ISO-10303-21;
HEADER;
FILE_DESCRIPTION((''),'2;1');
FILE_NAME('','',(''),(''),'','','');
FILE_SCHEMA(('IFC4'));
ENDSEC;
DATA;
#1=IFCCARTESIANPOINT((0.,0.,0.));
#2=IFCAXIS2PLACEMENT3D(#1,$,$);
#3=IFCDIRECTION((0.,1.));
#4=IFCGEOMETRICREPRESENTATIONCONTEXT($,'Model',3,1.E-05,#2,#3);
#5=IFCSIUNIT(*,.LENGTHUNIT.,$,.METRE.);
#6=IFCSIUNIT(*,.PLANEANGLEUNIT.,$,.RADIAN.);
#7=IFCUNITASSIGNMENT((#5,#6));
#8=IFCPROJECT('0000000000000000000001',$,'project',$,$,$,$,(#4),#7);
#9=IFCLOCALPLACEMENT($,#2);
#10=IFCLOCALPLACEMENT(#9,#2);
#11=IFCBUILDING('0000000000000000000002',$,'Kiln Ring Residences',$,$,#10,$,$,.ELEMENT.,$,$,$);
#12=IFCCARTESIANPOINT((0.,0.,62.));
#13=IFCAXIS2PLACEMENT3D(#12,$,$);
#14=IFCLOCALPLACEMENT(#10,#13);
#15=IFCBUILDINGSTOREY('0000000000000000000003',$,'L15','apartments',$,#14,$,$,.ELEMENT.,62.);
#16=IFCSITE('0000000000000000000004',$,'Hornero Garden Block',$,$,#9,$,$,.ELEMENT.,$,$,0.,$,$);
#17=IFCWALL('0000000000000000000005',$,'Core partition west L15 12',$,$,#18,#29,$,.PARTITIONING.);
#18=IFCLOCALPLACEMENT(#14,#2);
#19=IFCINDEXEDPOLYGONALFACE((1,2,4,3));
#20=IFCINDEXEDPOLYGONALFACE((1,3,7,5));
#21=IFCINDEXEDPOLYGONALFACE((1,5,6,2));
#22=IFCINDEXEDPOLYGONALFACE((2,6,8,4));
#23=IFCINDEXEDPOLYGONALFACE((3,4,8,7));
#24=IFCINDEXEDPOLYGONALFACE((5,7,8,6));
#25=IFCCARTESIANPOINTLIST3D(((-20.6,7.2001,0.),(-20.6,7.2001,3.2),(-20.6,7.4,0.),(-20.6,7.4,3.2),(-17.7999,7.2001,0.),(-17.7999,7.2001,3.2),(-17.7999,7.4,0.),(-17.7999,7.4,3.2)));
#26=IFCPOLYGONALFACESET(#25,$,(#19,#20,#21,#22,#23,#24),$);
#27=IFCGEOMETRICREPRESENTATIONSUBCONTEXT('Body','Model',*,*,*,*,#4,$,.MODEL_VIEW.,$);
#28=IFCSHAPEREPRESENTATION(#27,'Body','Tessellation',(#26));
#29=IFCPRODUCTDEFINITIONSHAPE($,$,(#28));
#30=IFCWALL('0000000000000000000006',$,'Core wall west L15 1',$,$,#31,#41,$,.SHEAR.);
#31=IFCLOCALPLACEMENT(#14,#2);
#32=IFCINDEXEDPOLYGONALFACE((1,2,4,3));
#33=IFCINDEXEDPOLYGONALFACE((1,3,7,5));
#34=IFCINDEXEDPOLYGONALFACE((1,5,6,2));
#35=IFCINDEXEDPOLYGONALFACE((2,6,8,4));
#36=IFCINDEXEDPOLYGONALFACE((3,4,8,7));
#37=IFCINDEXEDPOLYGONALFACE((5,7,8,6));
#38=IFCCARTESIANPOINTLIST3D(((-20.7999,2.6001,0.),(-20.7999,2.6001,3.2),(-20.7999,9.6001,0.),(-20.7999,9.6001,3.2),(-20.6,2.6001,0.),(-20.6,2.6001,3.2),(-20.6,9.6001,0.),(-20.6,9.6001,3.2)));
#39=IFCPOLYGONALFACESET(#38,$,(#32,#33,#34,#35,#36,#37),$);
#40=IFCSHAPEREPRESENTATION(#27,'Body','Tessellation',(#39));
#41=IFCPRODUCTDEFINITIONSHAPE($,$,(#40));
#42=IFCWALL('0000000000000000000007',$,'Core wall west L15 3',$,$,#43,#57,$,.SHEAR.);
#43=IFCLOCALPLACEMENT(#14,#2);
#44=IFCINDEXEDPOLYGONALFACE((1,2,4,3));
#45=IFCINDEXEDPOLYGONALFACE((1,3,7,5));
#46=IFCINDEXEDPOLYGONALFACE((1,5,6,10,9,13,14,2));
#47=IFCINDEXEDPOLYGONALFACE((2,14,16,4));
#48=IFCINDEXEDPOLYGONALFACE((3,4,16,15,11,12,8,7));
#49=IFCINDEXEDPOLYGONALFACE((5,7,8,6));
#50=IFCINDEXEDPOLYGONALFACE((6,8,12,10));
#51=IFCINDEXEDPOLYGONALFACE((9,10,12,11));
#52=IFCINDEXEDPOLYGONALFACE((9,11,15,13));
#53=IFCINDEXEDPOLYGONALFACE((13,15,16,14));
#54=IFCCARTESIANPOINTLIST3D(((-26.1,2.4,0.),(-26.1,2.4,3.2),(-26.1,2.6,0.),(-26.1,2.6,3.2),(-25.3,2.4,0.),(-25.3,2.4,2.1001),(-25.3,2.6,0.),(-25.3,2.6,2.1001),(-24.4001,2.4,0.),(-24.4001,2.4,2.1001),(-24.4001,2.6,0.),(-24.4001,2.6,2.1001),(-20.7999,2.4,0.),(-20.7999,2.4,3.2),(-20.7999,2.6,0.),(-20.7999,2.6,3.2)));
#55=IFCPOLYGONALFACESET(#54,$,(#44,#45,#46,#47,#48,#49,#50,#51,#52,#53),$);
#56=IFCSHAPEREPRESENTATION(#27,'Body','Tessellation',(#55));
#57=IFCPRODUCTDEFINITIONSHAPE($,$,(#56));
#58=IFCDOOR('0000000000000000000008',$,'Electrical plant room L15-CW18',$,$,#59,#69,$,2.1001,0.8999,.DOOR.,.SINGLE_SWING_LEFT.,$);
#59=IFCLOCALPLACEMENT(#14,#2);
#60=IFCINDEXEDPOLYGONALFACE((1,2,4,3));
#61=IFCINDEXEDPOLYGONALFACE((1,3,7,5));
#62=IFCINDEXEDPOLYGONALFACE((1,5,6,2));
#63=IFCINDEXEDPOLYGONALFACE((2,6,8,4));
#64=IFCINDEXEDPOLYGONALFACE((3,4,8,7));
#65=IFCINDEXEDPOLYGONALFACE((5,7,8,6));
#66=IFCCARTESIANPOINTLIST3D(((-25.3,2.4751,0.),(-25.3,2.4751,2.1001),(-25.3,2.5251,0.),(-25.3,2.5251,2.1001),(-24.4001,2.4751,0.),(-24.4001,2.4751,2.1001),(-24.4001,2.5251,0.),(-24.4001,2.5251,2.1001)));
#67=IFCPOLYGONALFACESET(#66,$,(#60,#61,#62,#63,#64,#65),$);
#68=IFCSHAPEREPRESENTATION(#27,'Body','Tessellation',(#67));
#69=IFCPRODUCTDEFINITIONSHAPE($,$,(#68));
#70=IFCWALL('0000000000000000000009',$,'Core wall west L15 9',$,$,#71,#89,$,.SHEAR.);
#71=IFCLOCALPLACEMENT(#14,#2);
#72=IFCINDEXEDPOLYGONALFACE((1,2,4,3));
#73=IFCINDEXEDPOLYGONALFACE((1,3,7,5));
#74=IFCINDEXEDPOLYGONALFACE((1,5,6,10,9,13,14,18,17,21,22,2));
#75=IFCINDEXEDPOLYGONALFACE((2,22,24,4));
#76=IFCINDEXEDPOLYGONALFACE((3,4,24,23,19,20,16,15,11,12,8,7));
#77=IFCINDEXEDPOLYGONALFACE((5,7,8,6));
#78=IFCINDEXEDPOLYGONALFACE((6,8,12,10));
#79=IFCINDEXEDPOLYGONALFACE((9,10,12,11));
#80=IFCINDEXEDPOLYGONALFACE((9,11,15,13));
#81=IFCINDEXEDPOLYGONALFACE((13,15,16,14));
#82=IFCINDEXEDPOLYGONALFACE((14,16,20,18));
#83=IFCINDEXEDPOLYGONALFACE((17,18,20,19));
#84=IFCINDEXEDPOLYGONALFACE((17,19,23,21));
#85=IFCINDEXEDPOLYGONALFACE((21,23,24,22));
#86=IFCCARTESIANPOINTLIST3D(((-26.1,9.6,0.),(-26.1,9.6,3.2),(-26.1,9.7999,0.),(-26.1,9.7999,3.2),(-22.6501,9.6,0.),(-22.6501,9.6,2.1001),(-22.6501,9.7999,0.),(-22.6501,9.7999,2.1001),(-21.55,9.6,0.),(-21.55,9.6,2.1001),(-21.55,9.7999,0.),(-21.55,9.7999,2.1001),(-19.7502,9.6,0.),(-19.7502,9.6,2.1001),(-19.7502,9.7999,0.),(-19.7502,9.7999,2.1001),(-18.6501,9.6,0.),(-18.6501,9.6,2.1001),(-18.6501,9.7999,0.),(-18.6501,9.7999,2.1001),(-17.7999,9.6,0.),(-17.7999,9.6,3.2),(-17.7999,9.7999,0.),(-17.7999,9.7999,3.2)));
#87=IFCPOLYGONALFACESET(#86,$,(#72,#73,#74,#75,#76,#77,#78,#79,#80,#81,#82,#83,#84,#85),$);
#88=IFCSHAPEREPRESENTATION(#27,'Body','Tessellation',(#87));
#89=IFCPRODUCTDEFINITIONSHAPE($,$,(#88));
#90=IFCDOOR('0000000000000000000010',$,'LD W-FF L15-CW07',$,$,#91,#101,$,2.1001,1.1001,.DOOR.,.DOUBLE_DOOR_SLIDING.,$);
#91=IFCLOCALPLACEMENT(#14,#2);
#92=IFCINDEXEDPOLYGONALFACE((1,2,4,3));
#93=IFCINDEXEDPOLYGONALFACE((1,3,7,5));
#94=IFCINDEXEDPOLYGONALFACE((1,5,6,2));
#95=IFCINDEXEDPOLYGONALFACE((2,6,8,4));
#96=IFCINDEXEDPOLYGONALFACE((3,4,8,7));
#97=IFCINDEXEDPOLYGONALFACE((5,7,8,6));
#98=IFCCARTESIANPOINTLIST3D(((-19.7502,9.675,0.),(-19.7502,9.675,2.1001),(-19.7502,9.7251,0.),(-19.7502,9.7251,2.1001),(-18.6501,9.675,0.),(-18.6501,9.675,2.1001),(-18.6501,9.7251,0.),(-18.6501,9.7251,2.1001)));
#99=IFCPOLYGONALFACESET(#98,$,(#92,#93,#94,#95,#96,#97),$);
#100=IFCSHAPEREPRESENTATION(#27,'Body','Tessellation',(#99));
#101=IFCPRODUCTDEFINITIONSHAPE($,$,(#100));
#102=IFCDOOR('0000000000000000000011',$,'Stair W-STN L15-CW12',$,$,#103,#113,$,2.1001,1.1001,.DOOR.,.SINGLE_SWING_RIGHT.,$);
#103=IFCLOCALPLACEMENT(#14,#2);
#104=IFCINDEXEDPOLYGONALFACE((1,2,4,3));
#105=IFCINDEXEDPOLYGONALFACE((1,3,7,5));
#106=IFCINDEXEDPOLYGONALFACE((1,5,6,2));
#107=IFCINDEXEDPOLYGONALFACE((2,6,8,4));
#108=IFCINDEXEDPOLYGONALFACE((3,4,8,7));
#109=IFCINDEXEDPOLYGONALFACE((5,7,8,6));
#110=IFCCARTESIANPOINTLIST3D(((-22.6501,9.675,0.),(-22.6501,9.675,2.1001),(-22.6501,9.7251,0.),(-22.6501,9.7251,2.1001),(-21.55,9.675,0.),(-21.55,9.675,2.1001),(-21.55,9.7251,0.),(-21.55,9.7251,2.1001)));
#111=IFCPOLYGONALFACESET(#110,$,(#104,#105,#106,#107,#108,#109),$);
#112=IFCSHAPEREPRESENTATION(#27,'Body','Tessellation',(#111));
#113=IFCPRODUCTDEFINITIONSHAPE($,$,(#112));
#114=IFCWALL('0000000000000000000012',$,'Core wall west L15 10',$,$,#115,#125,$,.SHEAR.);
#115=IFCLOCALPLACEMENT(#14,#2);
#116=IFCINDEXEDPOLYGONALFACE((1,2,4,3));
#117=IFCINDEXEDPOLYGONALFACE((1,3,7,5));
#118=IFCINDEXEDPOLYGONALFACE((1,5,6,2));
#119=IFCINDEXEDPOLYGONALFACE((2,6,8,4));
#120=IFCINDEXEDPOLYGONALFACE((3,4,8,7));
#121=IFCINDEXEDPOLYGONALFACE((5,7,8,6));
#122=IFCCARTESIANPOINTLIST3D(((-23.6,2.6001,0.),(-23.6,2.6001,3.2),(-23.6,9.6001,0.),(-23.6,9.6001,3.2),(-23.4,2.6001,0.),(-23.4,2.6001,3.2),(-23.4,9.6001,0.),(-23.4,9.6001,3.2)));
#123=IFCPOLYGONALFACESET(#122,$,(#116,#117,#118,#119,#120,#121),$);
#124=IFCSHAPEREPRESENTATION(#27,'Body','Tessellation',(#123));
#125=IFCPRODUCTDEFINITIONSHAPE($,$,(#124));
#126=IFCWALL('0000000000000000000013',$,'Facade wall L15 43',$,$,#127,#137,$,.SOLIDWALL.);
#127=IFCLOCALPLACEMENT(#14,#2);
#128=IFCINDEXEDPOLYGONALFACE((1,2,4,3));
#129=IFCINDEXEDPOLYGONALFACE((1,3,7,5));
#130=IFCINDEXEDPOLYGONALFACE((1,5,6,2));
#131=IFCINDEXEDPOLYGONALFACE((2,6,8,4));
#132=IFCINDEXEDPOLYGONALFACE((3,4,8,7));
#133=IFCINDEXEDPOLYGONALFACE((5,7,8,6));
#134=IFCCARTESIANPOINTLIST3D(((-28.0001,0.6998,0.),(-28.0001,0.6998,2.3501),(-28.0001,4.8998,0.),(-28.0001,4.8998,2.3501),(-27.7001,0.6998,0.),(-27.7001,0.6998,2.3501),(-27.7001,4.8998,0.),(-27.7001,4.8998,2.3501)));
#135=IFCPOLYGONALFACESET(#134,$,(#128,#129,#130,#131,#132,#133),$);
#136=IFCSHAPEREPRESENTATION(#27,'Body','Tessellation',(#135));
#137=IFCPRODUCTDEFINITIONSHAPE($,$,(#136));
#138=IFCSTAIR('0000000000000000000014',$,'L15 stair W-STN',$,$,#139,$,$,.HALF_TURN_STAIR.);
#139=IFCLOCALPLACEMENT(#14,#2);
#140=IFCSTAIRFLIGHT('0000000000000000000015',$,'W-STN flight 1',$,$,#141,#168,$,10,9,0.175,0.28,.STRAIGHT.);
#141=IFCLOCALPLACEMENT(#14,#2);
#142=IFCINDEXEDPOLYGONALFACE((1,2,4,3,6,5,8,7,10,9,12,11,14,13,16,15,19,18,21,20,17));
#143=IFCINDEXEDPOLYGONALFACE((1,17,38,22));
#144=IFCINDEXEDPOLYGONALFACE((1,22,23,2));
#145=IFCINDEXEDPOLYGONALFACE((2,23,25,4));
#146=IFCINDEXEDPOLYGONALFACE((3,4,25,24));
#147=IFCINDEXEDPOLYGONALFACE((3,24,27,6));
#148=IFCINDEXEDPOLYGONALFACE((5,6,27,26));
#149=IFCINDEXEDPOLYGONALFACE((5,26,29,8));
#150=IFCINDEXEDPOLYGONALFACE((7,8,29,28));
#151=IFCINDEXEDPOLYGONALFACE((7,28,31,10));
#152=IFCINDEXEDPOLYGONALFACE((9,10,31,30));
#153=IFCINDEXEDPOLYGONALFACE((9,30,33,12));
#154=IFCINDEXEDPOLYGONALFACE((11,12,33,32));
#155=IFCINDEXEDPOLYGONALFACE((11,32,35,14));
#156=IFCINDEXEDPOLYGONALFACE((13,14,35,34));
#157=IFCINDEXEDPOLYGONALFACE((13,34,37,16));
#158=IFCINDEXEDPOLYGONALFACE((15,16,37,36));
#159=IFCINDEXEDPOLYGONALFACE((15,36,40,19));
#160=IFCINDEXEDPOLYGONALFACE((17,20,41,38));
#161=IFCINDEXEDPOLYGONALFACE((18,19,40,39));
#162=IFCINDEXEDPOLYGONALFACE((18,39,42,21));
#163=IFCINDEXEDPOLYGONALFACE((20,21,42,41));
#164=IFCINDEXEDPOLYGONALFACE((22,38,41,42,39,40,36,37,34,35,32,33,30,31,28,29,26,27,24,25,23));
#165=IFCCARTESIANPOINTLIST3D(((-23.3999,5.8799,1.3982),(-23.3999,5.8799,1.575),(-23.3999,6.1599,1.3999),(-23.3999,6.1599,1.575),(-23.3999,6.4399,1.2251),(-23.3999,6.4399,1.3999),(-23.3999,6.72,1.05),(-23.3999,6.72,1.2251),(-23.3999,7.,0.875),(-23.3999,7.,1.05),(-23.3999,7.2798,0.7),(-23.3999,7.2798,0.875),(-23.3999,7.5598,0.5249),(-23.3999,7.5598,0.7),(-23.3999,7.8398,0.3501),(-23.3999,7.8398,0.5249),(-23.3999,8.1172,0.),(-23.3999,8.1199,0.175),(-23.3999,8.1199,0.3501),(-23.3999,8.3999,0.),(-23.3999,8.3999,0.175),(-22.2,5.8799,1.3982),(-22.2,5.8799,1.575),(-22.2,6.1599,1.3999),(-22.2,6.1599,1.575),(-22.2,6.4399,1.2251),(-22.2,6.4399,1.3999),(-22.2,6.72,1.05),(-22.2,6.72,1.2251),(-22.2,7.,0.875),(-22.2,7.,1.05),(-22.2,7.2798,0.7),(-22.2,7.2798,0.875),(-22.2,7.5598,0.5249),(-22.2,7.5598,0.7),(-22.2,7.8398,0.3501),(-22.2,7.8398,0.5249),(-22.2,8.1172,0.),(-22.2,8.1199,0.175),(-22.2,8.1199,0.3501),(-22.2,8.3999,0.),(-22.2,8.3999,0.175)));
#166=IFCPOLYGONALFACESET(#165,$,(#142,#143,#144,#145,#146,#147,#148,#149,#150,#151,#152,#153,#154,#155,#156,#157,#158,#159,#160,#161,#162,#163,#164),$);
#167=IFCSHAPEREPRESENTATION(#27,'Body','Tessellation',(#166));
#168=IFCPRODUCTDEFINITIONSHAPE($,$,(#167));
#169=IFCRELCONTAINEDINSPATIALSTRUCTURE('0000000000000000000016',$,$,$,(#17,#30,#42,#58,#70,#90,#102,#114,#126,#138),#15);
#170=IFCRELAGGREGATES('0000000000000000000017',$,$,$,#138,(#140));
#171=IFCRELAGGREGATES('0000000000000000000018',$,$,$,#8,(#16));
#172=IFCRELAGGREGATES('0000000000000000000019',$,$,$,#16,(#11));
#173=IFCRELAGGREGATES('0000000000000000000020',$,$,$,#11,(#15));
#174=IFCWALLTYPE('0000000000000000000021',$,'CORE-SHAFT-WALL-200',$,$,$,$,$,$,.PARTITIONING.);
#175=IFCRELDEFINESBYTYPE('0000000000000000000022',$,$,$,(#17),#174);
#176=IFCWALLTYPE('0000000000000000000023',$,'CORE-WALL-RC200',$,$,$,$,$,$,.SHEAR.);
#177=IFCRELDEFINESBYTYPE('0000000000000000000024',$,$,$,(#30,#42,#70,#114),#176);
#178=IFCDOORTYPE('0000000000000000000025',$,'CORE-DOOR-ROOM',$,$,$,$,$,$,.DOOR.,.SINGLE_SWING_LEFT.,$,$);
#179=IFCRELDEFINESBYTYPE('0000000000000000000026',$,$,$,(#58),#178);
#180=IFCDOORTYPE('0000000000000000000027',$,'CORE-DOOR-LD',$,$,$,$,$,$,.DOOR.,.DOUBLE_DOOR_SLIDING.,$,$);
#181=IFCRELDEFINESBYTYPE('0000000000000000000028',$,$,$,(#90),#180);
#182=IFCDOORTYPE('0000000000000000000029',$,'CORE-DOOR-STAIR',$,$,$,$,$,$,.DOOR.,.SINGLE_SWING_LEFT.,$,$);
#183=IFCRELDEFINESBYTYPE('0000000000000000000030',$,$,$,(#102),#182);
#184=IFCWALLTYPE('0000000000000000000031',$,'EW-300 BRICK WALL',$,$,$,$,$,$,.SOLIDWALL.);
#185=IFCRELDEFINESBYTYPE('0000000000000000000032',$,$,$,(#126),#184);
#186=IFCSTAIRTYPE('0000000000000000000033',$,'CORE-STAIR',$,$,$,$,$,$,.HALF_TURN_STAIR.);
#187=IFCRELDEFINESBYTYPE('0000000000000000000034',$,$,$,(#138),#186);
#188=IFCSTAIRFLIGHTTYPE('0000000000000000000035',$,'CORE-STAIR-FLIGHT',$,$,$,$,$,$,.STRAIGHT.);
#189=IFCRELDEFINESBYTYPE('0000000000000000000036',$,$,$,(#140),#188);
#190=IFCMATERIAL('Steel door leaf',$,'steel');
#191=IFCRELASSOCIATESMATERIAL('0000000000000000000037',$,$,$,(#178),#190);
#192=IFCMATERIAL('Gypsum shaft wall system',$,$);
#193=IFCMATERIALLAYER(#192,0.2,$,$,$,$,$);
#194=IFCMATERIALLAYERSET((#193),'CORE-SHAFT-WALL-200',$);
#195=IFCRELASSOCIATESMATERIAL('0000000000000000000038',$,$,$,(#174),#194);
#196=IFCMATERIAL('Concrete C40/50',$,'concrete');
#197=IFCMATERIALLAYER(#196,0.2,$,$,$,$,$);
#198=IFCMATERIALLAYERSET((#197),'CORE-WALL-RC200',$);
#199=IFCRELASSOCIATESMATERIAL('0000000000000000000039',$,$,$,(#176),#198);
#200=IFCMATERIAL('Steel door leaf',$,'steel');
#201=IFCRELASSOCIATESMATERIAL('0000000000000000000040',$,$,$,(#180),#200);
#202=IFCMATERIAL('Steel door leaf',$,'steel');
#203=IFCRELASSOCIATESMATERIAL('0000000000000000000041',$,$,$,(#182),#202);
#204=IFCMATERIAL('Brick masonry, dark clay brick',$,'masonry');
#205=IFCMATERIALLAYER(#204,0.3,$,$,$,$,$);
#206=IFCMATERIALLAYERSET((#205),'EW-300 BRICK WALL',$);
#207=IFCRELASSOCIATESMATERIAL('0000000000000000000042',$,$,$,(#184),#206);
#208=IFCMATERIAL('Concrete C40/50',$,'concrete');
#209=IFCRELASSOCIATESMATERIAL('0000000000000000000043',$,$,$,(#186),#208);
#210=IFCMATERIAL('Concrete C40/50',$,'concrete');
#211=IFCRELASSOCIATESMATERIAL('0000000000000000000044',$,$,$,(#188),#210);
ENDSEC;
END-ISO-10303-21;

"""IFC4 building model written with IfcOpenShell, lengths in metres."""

from ifc_helpers import new_model, si_unit, direction, frame, frame_2d, origin, place, context, subcontext, project, spatial, polyline, rectangle, outline, extrude, material, layer, layer_set, type_object, element, fill, aggregate, save


model = new_model("IFC4")

# Units and contexts
model_context = context("Model", 3, precision=1e-05, world=origin(), true_north=direction((0.0, 1.0)))
body_context = subcontext(model_context, "Body", "Model", "MODEL_VIEW")
ifc_project = project(units=[si_unit("LENGTHUNIT", "METRE"), si_unit("PLANEANGLEUNIT", "RADIAN")], contexts=[model_context])

# Site, building, storey
site_placement = place(None, origin())
site = spatial("IfcSite", under=ifc_project, at=site_placement, Name="Hornero Garden Block", CompositionType="ELEMENT", RefElevation=0.0)
building_placement = place(site_placement, origin())
building = spatial("IfcBuilding", under=site, at=building_placement, Name="Kiln Ring Residences", CompositionType="ELEMENT")
storey_placement = place(building_placement, frame((0.0, 0.0, 62.0)))
storey = spatial("IfcBuildingStorey", under=building, at=storey_placement, Name="L15", Description="apartments", CompositionType="ELEMENT", Elevation=62.0)

# Shared definitions
ifc_material_1 = material(Name="Steel door leaf", Category="steel")
door_type_1 = type_object("IfcDoorType", Name="CORE-DOOR-ROOM", OperationType="SINGLE_SWING_LEFT", PredefinedType="DOOR", material=ifc_material_1)

# Shared definitions
ifc_material_2 = material(Name="Gypsum shaft wall system")
ifc_layer_1 = layer(ifc_material_2, 0.2)
ifc_layer_set_1 = layer_set([ifc_layer_1], Name="CORE-SHAFT-WALL-200")
wall_type_1 = type_object("IfcWallType", Name="CORE-SHAFT-WALL-200", PredefinedType="PARTITIONING", material=ifc_layer_set_1)

# Walls
wall_1_placement = place(storey_placement, frame((-17.8, 7.3, 0.0), z_axis=(0.0, 0.0, 1.0), x_axis=(-1.0, 0.0, 0.0)))
element("IfcWall", 1, at=wall_1_placement, inside=storey, type_object=wall_type_1, Name="Core partition west L15 12", PredefinedType="PARTITIONING", context=body_context, shape_type="SweptSolid", body=[
    extrude(rectangle(XDim=2.8, YDim=0.2, at=frame_2d((1.3999, 0.0))), origin(), (0.0, 0.0, 1.0), 3.2),
])
ifc_material_3 = material(Name="Concrete C40/50", Category="concrete")
ifc_layer_2 = layer(ifc_material_3, 0.2)
ifc_layer_set_2 = layer_set([ifc_layer_2], Name="CORE-WALL-RC200")
wall_type_2 = type_object("IfcWallType", Name="CORE-WALL-RC200", PredefinedType="SHEAR", material=ifc_layer_set_2)
wall_2_placement = place(storey_placement, frame((-20.7, 2.6001, 0.0), z_axis=(0.0, 0.0, 1.0), x_axis=(0.0, 1.0, 0.0)))
element("IfcWall", 2, at=wall_2_placement, inside=storey, type_object=wall_type_2, Name="Core wall west L15 1", PredefinedType="SHEAR", context=body_context, shape_type="SweptSolid", body=[
    extrude(rectangle(XDim=7.0, YDim=0.2, at=frame_2d((3.5, 0.0))), origin(), (0.0, 0.0, 1.0), 3.2),
])

# Wall, opening, door
wall_3_placement = place(storey_placement, frame((-20.8, 2.5, 0.0), z_axis=(0.0, 0.0, 1.0), x_axis=(-1.0, 0.0, 0.0)))
wall_3 = element("IfcWall", 3, at=wall_3_placement, inside=storey, type_object=wall_type_2, Name="Core wall west L15 3", PredefinedType="SHEAR", context=body_context, shape_type="SweptSolid", body=[
    extrude(rectangle(XDim=5.3, YDim=0.2, at=frame_2d((2.6499, 0.0))), origin(), (0.0, 0.0, 1.0), 3.2),
])
opening_1_placement = place(wall_3_placement, frame((3.6001, 0.0, 0.0)))
opening_1 = element("IfcOpeningElement", 4, at=opening_1_placement, cuts=wall_3, PredefinedType="OPENING", context=body_context, shape_type="SweptSolid", body=[
    extrude(rectangle(XDim=0.8999, YDim=2.1001, at=frame_2d((0.45, 1.05))), frame((0.0, 0.1099, 0.0), z_axis=(0.0, -1.0, 0.0), x_axis=(1.0, 0.0, 0.0)), (0.0, 0.0, 1.0), 0.22),
])
door_1_placement = place(opening_1_placement, origin())
door_1 = element("IfcDoor", 5, at=door_1_placement, inside=storey, type_object=door_type_1, Name="Electrical plant room L15-CW18", OperationType="SINGLE_SWING_LEFT", OverallHeight=2.1001, OverallWidth=0.8999, PredefinedType="DOOR", context=body_context, shape_type="SweptSolid", body=[
    extrude(rectangle(XDim=0.8999, YDim=2.1001, at=frame_2d((0.45, 1.05))), frame((0.0, 0.0249, 0.0), z_axis=(0.0, -1.0, 0.0), x_axis=(1.0, 0.0, 0.0)), (0.0, 0.0, 1.0), 0.05),
])
fill(opening_1, door_1)

# Wall, openings, doors
wall_4_placement = place(storey_placement, frame((-17.8, 9.7, 0.0), z_axis=(0.0, 0.0, 1.0), x_axis=(-1.0, 0.0, 0.0)))
wall_4 = element("IfcWall", 6, at=wall_4_placement, inside=storey, type_object=wall_type_2, Name="Core wall west L15 9", PredefinedType="SHEAR", context=body_context, shape_type="SweptSolid", body=[
    extrude(rectangle(XDim=8.3, YDim=0.2, at=frame_2d((4.1499, 0.0))), origin(), (0.0, 0.0, 1.0), 3.2),
])
opening_2_placement = place(wall_4_placement, frame((0.8501, 0.0, 0.0)))
opening_2 = element("IfcOpeningElement", 7, at=opening_2_placement, cuts=wall_4, PredefinedType="OPENING", context=body_context, shape_type="SweptSolid", body=[
    extrude(rectangle(XDim=1.1001, YDim=2.1001, at=frame_2d((0.55, 1.05))), frame((0.0, 0.1099, 0.0), z_axis=(0.0, -1.0, 0.0), x_axis=(1.0, 0.0, 0.0)), (0.0, 0.0, 1.0), 0.22),
])
opening_3_placement = place(wall_4_placement, frame((3.75, 0.0, 0.0)))
opening_3 = element("IfcOpeningElement", 8, at=opening_3_placement, cuts=wall_4, PredefinedType="OPENING", context=body_context, shape_type="SweptSolid", body=[
    extrude(rectangle(XDim=1.1001, YDim=2.1001, at=frame_2d((0.55, 1.05))), frame((0.0, 0.1099, 0.0), z_axis=(0.0, -1.0, 0.0), x_axis=(1.0, 0.0, 0.0)), (0.0, 0.0, 1.0), 0.22),
])
ifc_material_4 = material(Name="Steel door leaf", Category="steel")
door_type_2 = type_object("IfcDoorType", Name="CORE-DOOR-LD", OperationType="DOUBLE_DOOR_SLIDING", PredefinedType="DOOR", material=ifc_material_4)
door_2_placement = place(opening_2_placement, origin())
door_2 = element("IfcDoor", 9, at=door_2_placement, inside=storey, type_object=door_type_2, Name="LD W-FF L15-CW07", OperationType="DOUBLE_DOOR_SLIDING", OverallHeight=2.1001, OverallWidth=1.1001, PredefinedType="DOOR", context=body_context, shape_type="SweptSolid", body=[
    extrude(rectangle(XDim=1.1001, YDim=2.1001, at=frame_2d((0.55, 1.05))), frame((0.0, 0.0249, 0.0), z_axis=(0.0, -1.0, 0.0), x_axis=(1.0, 0.0, 0.0)), (0.0, 0.0, 1.0), 0.05),
])
fill(opening_2, door_2)
ifc_material_5 = material(Name="Steel door leaf", Category="steel")
door_type_3 = type_object("IfcDoorType", Name="CORE-DOOR-STAIR", OperationType="SINGLE_SWING_LEFT", PredefinedType="DOOR", material=ifc_material_5)
door_3_placement = place(opening_3_placement, origin())
door_3 = element("IfcDoor", 10, at=door_3_placement, inside=storey, type_object=door_type_3, Name="Stair W-STN L15-CW12", OperationType="SINGLE_SWING_RIGHT", OverallHeight=2.1001, OverallWidth=1.1001, PredefinedType="DOOR", context=body_context, shape_type="SweptSolid", body=[
    extrude(rectangle(XDim=1.1001, YDim=2.1001, at=frame_2d((0.55, 1.05))), frame((0.0, 0.0249, 0.0), z_axis=(0.0, -1.0, 0.0), x_axis=(1.0, 0.0, 0.0)), (0.0, 0.0, 1.0), 0.05),
])
fill(opening_3, door_3)

# Walls
wall_5_placement = place(storey_placement, frame((-23.5, 2.6001, 0.0), z_axis=(0.0, 0.0, 1.0), x_axis=(0.0, 1.0, 0.0)))
element("IfcWall", 11, at=wall_5_placement, inside=storey, type_object=wall_type_2, Name="Core wall west L15 10", PredefinedType="SHEAR", context=body_context, shape_type="SweptSolid", body=[
    extrude(rectangle(XDim=7.0, YDim=0.2, at=frame_2d((3.5, 0.0))), origin(), (0.0, 0.0, 1.0), 3.2),
])
ifc_material_6 = material(Name="Brick masonry, dark clay brick", Category="masonry")
ifc_layer_3 = layer(ifc_material_6, 0.3)
ifc_layer_set_3 = layer_set([ifc_layer_3], Name="EW-300 BRICK WALL")
wall_type_3 = type_object("IfcWallType", Name="EW-300 BRICK WALL", PredefinedType="SOLIDWALL", material=ifc_layer_set_3)
wall_6_placement = place(storey_placement, frame((-27.8501, 4.8999, 0.0), z_axis=(0.0, 0.0, 1.0), x_axis=(0.0, -1.0, 0.0)))
element("IfcWall", 12, at=wall_6_placement, inside=storey, type_object=wall_type_3, Name="Facade wall L15 43", PredefinedType="SOLIDWALL", context=body_context, shape_type="SweptSolid", body=[
    extrude(rectangle(XDim=4.2, YDim=0.3, at=frame_2d((2.1001, 0.0))), origin(), (0.0, 0.0, 1.0), 2.3501),
])

# Stair, stair flight
ifc_material_7 = material(Name="Concrete C40/50", Category="concrete")
stair_type = type_object("IfcStairType", Name="CORE-STAIR", PredefinedType="HALF_TURN_STAIR", material=ifc_material_7)
stair_placement = place(storey_placement, origin())
stair = element("IfcStair", 13, at=stair_placement, inside=storey, type_object=stair_type, Name="L15 stair W-STN", PredefinedType="HALF_TURN_STAIR")
ifc_material_8 = material(Name="Concrete C40/50", Category="concrete")
stair_flight_type = type_object("IfcStairFlightType", Name="CORE-STAIR-FLIGHT", PredefinedType="STRAIGHT", material=ifc_material_8)
stair_flight_1_placement = place(storey_placement, frame((-22.8, 8.3999, 0.0), z_axis=(0.0, 0.0, 1.0), x_axis=(0.0, -1.0, 0.0)))
stair_flight_1 = element("IfcStairFlight", 14, at=stair_flight_1_placement, type_object=stair_flight_type, Name="W-STN flight 1", NumberOfRisers=10, NumberOfTreads=9, PredefinedType="STRAIGHT", RiserHeight=0.175, TreadLength=0.28, context=body_context, shape_type="SweptSolid", body=[
    extrude(outline(polyline([(0.0, 0.0), (0.0, 0.175), (0.28, 0.175), (0.28, 0.3501), (0.5601, 0.3501), (0.5601, 0.5249), (0.8401, 0.5249), (0.8401, 0.7), (1.1201, 0.7), (1.1201, 0.875), (1.3999, 0.875), (1.3999, 1.05), (1.6799, 1.05), (1.6799, 1.2251), (1.96, 1.2251), (1.96, 1.3999), (2.24, 1.3999), (2.24, 1.575), (2.52, 1.575), (2.52, 1.75), (2.52, 1.3982), (0.2827, 0.0), (0.0, 0.0)])), frame((0.0, 0.6001, 0.0), z_axis=(0.0, -1.0, 0.0), x_axis=(1.0, 0.0, 0.0)), (0.0, 0.0, 1.0), 1.2),
])
aggregate(stair, [stair_flight_1])

save(model, "model.ifc")
